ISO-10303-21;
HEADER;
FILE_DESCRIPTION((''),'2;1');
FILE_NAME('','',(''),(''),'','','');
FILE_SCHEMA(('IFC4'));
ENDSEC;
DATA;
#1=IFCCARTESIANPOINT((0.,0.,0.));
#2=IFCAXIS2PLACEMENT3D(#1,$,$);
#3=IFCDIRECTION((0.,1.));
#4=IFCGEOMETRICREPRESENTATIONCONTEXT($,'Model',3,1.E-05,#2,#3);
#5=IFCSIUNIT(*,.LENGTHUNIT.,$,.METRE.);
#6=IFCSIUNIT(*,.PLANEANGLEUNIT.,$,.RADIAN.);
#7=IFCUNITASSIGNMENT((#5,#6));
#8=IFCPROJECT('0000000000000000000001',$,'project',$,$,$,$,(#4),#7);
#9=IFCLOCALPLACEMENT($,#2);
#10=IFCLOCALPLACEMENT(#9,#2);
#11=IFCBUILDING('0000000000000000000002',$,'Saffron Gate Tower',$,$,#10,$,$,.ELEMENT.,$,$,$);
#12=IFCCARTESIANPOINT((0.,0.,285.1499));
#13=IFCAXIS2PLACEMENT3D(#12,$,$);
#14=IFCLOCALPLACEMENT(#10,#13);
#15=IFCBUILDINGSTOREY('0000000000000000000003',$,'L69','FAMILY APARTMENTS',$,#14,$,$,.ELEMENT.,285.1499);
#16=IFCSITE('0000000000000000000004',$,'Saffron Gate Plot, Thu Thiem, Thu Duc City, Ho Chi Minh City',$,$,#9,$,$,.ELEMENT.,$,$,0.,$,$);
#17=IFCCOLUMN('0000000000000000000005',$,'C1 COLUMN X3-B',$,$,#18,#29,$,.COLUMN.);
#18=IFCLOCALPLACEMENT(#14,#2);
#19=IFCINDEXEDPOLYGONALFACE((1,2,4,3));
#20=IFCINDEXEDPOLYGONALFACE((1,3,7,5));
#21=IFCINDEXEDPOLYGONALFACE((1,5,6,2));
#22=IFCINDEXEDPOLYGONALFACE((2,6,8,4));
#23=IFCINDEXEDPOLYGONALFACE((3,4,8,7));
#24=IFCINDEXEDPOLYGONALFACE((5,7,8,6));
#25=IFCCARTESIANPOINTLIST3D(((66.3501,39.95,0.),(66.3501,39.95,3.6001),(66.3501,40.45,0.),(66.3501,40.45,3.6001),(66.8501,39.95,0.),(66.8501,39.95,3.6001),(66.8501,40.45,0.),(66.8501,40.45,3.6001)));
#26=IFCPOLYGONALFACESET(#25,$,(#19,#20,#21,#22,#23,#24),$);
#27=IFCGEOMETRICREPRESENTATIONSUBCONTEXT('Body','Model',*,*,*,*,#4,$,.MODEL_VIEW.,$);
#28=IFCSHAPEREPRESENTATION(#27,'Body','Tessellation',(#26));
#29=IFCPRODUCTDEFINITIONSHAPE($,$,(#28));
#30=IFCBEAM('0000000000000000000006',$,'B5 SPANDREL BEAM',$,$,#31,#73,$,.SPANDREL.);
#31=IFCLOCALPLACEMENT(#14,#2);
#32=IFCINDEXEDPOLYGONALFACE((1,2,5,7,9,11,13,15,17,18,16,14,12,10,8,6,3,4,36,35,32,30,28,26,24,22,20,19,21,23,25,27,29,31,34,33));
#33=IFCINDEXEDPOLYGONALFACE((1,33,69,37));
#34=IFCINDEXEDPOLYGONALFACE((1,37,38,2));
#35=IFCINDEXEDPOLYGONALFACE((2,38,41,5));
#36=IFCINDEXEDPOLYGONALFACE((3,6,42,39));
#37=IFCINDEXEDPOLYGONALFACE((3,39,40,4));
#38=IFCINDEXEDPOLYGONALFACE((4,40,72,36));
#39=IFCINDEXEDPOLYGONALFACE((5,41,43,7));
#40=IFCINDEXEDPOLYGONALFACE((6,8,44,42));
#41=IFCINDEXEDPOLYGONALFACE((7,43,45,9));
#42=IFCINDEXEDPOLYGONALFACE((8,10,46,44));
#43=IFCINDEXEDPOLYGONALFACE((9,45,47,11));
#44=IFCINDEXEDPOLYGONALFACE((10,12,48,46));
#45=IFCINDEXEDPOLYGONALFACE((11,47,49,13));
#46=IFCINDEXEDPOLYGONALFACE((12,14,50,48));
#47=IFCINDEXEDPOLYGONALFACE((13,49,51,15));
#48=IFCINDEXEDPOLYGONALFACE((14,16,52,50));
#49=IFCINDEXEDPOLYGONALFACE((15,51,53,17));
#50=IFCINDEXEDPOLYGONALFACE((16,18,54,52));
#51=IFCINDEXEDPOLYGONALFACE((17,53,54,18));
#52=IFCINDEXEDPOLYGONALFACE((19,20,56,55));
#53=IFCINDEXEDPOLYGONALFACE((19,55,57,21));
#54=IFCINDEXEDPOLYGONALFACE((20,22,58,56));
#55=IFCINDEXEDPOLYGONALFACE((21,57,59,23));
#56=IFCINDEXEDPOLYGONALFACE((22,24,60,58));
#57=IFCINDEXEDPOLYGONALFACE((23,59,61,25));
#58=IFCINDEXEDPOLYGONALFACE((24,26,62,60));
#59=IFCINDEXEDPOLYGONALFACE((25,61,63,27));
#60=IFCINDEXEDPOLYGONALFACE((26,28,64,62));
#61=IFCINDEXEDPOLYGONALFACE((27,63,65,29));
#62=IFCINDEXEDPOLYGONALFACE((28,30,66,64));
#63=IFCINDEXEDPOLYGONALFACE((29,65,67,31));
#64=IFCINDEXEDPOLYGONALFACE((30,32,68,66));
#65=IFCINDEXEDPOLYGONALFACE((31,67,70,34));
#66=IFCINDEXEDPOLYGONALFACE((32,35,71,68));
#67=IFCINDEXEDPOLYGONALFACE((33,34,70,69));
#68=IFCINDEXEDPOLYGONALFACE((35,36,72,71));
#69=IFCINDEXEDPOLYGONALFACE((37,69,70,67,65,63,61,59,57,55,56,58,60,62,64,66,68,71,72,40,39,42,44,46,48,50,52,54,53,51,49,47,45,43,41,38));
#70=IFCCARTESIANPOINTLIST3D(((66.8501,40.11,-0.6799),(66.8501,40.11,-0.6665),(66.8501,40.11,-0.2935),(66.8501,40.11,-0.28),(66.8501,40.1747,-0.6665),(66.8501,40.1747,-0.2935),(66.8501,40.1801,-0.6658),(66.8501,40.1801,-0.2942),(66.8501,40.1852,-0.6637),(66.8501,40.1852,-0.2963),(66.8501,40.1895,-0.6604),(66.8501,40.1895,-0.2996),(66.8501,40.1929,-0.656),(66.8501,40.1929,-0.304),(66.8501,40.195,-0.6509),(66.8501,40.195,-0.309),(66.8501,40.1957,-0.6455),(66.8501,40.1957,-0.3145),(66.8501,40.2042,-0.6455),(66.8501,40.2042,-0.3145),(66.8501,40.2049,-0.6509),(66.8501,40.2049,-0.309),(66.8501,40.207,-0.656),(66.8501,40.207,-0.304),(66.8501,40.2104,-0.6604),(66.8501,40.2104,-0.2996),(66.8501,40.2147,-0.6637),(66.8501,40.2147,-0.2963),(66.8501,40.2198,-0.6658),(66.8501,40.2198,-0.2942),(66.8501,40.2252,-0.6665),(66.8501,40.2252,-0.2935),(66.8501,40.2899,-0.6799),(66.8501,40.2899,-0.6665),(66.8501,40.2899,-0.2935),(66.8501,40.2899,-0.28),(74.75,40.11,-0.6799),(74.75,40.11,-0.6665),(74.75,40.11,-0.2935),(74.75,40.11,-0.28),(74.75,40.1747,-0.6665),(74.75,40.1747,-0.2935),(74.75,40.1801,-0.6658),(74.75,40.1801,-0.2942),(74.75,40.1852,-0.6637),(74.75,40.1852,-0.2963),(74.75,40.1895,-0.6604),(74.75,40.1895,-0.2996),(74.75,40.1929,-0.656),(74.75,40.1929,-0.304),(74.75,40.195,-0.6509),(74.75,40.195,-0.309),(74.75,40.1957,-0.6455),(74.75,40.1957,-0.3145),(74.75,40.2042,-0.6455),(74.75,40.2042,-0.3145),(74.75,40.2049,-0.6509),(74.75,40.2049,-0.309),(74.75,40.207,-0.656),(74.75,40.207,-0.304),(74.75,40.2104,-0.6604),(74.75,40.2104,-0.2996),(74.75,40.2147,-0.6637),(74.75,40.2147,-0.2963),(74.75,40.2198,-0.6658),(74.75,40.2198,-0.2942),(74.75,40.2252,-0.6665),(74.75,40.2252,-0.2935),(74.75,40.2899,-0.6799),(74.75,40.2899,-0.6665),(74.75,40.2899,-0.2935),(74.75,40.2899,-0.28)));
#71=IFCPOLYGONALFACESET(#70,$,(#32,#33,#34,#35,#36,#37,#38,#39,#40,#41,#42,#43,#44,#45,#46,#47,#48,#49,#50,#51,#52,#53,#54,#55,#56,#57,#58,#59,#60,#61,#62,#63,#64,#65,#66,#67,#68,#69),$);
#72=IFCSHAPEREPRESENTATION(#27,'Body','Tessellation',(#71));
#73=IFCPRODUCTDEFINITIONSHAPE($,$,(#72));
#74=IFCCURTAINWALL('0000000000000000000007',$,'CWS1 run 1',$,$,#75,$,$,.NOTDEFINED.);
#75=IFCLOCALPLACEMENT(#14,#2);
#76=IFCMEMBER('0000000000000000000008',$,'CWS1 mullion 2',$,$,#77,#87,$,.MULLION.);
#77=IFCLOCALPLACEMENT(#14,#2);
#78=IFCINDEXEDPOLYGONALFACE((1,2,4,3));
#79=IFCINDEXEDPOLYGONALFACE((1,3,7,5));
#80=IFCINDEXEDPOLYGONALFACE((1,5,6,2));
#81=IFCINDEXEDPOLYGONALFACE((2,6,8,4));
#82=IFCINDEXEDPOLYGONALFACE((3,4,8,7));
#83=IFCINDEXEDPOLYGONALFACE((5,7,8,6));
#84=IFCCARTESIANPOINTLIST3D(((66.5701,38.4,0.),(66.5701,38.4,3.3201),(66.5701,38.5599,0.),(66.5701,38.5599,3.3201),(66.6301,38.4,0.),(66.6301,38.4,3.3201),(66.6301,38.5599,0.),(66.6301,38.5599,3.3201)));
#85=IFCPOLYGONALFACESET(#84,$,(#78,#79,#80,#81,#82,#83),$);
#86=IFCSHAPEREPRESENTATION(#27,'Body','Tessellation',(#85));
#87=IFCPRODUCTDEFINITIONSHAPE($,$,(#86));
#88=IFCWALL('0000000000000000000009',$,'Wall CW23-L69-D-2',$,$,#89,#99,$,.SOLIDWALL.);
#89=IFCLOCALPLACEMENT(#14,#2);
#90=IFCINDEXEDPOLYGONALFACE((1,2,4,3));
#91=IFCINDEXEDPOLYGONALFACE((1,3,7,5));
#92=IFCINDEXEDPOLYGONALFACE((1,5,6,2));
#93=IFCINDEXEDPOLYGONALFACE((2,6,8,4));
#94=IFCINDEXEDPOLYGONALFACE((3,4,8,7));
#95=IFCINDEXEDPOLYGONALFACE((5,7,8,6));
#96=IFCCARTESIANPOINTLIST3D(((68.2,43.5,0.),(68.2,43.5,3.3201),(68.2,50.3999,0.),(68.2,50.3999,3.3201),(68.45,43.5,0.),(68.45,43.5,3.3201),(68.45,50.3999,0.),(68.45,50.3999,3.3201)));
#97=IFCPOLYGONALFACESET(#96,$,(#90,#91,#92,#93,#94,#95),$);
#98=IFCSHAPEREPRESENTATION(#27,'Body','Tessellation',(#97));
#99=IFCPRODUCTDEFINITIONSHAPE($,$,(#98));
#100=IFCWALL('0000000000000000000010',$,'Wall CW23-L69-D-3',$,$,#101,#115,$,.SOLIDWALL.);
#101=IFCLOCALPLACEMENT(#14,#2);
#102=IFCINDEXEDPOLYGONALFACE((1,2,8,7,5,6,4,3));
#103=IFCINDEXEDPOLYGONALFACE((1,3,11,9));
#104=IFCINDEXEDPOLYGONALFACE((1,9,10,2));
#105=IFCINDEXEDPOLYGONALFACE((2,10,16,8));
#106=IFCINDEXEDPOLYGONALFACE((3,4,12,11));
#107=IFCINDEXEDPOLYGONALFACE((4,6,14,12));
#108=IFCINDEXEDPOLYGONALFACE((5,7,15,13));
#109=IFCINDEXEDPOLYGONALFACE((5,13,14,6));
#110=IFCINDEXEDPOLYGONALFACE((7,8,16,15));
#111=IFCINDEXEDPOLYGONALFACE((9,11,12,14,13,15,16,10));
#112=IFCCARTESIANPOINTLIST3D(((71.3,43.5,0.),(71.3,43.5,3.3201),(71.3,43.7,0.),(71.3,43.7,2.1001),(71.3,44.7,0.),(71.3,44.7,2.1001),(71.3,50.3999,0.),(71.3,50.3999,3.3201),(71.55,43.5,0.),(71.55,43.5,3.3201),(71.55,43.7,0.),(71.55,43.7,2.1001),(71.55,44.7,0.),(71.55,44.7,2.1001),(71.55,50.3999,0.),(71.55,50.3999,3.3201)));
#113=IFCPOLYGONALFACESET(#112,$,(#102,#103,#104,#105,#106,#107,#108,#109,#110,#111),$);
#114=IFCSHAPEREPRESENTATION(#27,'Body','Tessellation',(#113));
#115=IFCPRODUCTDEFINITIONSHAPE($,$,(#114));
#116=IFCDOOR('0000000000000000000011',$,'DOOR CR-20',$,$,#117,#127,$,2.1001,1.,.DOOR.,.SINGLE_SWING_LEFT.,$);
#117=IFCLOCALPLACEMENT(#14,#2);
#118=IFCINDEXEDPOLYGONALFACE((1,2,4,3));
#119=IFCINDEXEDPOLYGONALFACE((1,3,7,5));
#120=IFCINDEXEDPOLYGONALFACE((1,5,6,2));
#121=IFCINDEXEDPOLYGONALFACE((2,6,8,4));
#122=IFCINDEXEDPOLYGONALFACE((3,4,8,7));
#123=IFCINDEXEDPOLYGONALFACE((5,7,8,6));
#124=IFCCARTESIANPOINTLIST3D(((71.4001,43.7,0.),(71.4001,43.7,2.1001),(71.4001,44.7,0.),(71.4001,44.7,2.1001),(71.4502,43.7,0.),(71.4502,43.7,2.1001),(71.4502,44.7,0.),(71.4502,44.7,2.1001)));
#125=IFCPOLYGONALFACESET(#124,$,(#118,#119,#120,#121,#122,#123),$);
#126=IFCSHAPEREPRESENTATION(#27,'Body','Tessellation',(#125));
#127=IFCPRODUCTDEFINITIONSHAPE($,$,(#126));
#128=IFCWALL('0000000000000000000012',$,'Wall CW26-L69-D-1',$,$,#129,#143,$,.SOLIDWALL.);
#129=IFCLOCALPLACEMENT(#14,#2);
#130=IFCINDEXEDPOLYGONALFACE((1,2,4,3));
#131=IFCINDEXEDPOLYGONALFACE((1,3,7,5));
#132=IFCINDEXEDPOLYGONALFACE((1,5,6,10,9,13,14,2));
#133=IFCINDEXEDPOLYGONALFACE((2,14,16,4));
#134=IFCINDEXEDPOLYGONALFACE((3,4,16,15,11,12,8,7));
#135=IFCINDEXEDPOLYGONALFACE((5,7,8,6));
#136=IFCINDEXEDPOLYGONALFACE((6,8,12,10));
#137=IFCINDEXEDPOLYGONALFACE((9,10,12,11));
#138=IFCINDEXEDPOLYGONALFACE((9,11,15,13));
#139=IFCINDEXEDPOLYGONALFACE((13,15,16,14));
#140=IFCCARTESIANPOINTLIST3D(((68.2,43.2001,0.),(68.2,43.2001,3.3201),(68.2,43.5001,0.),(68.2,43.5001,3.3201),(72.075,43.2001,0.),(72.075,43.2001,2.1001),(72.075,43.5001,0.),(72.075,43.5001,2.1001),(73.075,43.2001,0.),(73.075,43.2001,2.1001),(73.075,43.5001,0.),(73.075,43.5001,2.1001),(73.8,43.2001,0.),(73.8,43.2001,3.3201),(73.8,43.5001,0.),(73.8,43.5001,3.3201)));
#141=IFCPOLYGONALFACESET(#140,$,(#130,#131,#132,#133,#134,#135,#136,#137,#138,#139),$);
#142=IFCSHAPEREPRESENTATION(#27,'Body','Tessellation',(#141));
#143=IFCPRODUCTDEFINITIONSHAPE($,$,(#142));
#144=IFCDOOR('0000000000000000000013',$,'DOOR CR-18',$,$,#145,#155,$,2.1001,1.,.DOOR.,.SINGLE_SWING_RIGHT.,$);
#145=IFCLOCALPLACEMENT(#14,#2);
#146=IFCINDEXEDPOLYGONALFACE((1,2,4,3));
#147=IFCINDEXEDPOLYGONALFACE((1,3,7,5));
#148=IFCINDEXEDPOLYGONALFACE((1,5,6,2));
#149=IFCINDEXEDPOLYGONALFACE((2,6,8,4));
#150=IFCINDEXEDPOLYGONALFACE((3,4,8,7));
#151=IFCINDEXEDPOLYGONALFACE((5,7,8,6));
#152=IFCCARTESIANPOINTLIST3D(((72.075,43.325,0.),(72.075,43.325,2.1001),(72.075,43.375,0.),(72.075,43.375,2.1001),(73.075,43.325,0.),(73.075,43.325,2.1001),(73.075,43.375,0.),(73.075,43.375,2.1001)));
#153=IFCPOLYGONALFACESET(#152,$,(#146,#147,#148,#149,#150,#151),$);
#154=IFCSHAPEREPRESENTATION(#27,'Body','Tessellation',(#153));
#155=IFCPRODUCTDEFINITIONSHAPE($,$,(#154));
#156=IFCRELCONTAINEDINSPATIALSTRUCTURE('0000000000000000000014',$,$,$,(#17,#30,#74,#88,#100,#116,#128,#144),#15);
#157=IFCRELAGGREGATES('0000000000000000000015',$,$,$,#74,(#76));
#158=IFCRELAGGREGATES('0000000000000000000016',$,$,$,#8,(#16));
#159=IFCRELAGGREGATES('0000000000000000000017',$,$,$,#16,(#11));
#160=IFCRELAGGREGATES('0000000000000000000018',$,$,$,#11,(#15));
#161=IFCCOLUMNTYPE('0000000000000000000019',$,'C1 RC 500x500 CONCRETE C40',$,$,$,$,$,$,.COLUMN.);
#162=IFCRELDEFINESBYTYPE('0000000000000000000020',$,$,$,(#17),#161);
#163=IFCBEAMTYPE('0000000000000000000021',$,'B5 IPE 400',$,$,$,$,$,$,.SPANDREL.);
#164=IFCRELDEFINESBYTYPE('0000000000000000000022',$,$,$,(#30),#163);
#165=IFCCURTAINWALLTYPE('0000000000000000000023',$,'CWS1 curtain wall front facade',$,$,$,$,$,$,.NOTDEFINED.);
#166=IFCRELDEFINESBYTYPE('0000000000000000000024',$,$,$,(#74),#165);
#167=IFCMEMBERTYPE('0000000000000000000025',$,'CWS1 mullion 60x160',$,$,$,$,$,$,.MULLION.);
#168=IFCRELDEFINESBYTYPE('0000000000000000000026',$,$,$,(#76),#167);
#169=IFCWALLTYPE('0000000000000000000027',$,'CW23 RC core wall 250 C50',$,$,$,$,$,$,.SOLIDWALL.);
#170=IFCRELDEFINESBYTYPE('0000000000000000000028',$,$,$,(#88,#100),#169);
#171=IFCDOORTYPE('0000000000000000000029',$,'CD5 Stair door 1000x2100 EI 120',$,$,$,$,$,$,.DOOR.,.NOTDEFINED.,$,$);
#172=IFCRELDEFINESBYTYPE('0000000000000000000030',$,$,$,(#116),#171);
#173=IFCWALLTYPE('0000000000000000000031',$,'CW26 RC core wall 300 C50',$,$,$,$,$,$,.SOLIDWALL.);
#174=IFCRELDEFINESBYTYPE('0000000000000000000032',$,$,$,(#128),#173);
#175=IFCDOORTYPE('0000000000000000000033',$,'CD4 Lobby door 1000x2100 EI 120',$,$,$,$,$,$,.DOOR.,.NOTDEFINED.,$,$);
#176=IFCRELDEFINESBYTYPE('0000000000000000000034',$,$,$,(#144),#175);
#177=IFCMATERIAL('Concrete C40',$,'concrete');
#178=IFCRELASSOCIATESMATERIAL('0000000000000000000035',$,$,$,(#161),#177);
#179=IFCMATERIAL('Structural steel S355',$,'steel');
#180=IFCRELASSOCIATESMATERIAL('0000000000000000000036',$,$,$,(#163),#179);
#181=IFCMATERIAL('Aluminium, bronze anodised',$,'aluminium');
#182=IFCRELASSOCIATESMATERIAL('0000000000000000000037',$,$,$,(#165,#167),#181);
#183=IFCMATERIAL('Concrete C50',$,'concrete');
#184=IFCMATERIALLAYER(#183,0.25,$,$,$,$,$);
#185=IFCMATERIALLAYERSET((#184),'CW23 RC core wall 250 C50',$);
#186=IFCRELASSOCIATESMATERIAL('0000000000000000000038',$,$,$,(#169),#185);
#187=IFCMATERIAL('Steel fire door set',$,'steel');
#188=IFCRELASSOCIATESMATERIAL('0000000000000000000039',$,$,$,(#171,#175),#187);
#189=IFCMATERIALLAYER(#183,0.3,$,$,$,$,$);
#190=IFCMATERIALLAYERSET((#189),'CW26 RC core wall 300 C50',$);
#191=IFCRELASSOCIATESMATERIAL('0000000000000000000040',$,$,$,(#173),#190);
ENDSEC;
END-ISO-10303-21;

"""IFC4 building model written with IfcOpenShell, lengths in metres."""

from ifc_helpers import new_model, si_unit, direction, frame, frame_2d, origin, origin_2d, place, context, subcontext, project, spatial, rectangle, i_section, extrude, material, layer, layer_set, material_profile, profile_set, type_object, element, fill, aggregate, save


model = new_model("IFC4")

# Units and contexts
model_context = context("Model", 3, precision=1e-05, world=origin(), true_north=direction((0.0, 1.0)))
body_context = subcontext(model_context, "Body", "Model", "MODEL_VIEW")
ifc_project = project(units=[si_unit("LENGTHUNIT", "METRE"), si_unit("PLANEANGLEUNIT", "RADIAN")], contexts=[model_context])

# Site, building, storey
site_placement = place(None, origin())
site = spatial("IfcSite", under=ifc_project, at=site_placement, Name="Saffron Gate Plot, Thu Thiem, Thu Duc City, Ho Chi Minh City", CompositionType="ELEMENT", RefElevation=0.0)
building_placement = place(site_placement, origin())
building = spatial("IfcBuilding", under=site, at=building_placement, Name="Saffron Gate Tower", CompositionType="ELEMENT")
storey_placement = place(building_placement, frame((0.0, 0.0, 285.1499)))
storey = spatial("IfcBuildingStorey", under=building, at=storey_placement, Name="L69", Description="FAMILY APARTMENTS", CompositionType="ELEMENT", Elevation=285.1499)

# Column
ifc_material_1 = material(Name="Concrete C40", Category="concrete")
ifc_material_profile_1 = material_profile(ifc_material_1, rectangle(XDim=0.5, YDim=0.5, at=origin_2d()))
ifc_profile_set_1 = profile_set([ifc_material_profile_1], Name="Concrete C40")
column_type = type_object("IfcColumnType", Name="C1 RC 500x500 CONCRETE C40", PredefinedType="COLUMN", material=ifc_profile_set_1)
column_placement = place(storey_placement, frame((66.6001, 40.2, 0.0), z_axis=(0.0, 0.0, 1.0), x_axis=(1.0, 0.0, 0.0)))
element("IfcColumn", 1, at=column_placement, inside=storey, type_object=column_type, Name="C1 COLUMN X3-B", PredefinedType="COLUMN", context=body_context, shape_type="SweptSolid", body=[
    extrude(rectangle(XDim=0.5, YDim=0.5, at=origin_2d()), origin(), (0.0, 0.0, 1.0), 3.6001),
])

# Beam
ifc_material_2 = material(Name="Structural steel S355", Category="steel")
ifc_material_profile_2 = material_profile(ifc_material_2, i_section(OverallWidth=0.1799, OverallDepth=0.3999, WebThickness=0.0085, FlangeThickness=0.0134, FilletRadius=0.021, at=origin_2d()))
ifc_profile_set_2 = profile_set([ifc_material_profile_2], Name="Structural steel S355")
beam_type = type_object("IfcBeamType", Name="B5 IPE 400", PredefinedType="SPANDREL", material=ifc_profile_set_2)
beam_placement = place(storey_placement, frame((66.8501, 40.2, -0.48), z_axis=(1.0, 0.0, 0.0), x_axis=(0.0, 1.0, 0.0)))
element("IfcBeam", 2, at=beam_placement, inside=storey, type_object=beam_type, Name="B5 SPANDREL BEAM", PredefinedType="SPANDREL", context=body_context, shape_type="SweptSolid", body=[
    extrude(i_section(OverallWidth=0.1799, OverallDepth=0.3999, WebThickness=0.0085, FlangeThickness=0.0134, FilletRadius=0.021, at=origin_2d()), origin(), (0.0, 0.0, 1.0), 7.8999),
])

# Curtain wall, member
ifc_material_3 = material(Name="Aluminium, bronze anodised", Category="aluminium")
curtain_wall_type = type_object("IfcCurtainWallType", Name="CWS1 curtain wall front facade", PredefinedType="NOTDEFINED", material=ifc_material_3)
curtain_wall_placement = place(storey_placement, origin())
curtain_wall = element("IfcCurtainWall", 3, at=curtain_wall_placement, inside=storey, type_object=curtain_wall_type, Name="CWS1 run 1", PredefinedType="NOTDEFINED")
ifc_material_profile_3 = material_profile(ifc_material_3, rectangle(XDim=0.1599, YDim=0.0601, at=origin_2d()))
ifc_profile_set_3 = profile_set([ifc_material_profile_3], Name="Aluminium, bronze anodised")
member_type = type_object("IfcMemberType", Name="CWS1 mullion 60x160", PredefinedType="MULLION", material=ifc_profile_set_3)
member_placement = place(storey_placement, frame((66.6001, 38.48, 0.0), z_axis=(0.0, 0.0, 1.0), x_axis=(0.0, 1.0, 0.0)))
member = element("IfcMember", 4, at=member_placement, type_object=member_type, Name="CWS1 mullion 2", PredefinedType="MULLION", context=body_context, shape_type="SweptSolid", body=[
    extrude(rectangle(XDim=0.1599, YDim=0.0601, at=origin_2d()), origin(), (0.0, 0.0, 1.0), 3.3201),
])
aggregate(curtain_wall, [member])

# Wall
ifc_material_4 = material(Name="Concrete C50", Category="concrete")
ifc_layer_1 = layer(ifc_material_4, 0.25)
ifc_layer_set_1 = layer_set([ifc_layer_1], Name="CW23 RC core wall 250 C50")
wall_type_1 = type_object("IfcWallType", Name="CW23 RC core wall 250 C50", PredefinedType="SOLIDWALL", material=ifc_layer_set_1)
wall_1_placement = place(storey_placement, frame((68.325, 43.5, 0.0), z_axis=(0.0, 0.0, 1.0), x_axis=(0.0, 1.0, 0.0)))
element("IfcWall", 5, at=wall_1_placement, inside=storey, type_object=wall_type_1, Name="Wall CW23-L69-D-2", PredefinedType="SOLIDWALL", context=body_context, shape_type="SweptSolid", body=[
    extrude(rectangle(XDim=6.8999, YDim=0.25, at=frame_2d((3.45, 0.0))), origin(), (0.0, 0.0, 1.0), 3.3201),
])

# Walls, openings, doors
wall_2_placement = place(storey_placement, frame((71.425, 43.5, 0.0), z_axis=(0.0, 0.0, 1.0), x_axis=(0.0, 1.0, 0.0)))
wall_2 = element("IfcWall", 6, at=wall_2_placement, inside=storey, type_object=wall_type_1, Name="Wall CW23-L69-D-3", PredefinedType="SOLIDWALL", context=body_context, shape_type="SweptSolid", body=[
    extrude(rectangle(XDim=6.8999, YDim=0.25, at=frame_2d((3.45, 0.0))), origin(), (0.0, 0.0, 1.0), 3.3201),
])
opening_1_placement = place(wall_2_placement, frame((0.2, 0.0, 0.0)))
opening_1 = element("IfcOpeningElement", 7, at=opening_1_placement, cuts=wall_2, PredefinedType="OPENING", context=body_context, shape_type="SweptSolid", body=[
    extrude(rectangle(XDim=1.0, YDim=2.1001, at=frame_2d((0.5, 1.05))), frame((0.0, 0.135, 0.0), z_axis=(0.0, -1.0, 0.0), x_axis=(1.0, 0.0, 0.0)), (0.0, 0.0, 1.0), 0.27),
])
ifc_material_5 = material(Name="Steel fire door set", Category="steel")
door_type_1 = type_object("IfcDoorType", Name="CD5 Stair door 1000x2100 EI 120", OperationType="NOTDEFINED", PredefinedType="DOOR", material=ifc_material_5)
door_1_placement = place(opening_1_placement, origin())
door_1 = element("IfcDoor", 8, at=door_1_placement, inside=storey, type_object=door_type_1, Name="DOOR CR-20", OperationType="SINGLE_SWING_LEFT", OverallHeight=2.1001, OverallWidth=1.0, PredefinedType="DOOR", context=body_context, shape_type="SweptSolid", body=[
    extrude(rectangle(XDim=1.0, YDim=2.1001, at=frame_2d((0.5, 1.05))), frame((0.0, 0.0249, 0.0), z_axis=(0.0, -1.0, 0.0), x_axis=(1.0, 0.0, 0.0)), (0.0, 0.0, 1.0), 0.05),
])
fill(opening_1, door_1)
ifc_layer_2 = layer(ifc_material_4, 0.3)
ifc_layer_set_2 = layer_set([ifc_layer_2], Name="CW26 RC core wall 300 C50")
wall_type_2 = type_object("IfcWallType", Name="CW26 RC core wall 300 C50", PredefinedType="SOLIDWALL", material=ifc_layer_set_2)
wall_3_placement = place(storey_placement, frame((68.2, 43.3501, 0.0), z_axis=(0.0, 0.0, 1.0), x_axis=(1.0, 0.0, 0.0)))
wall_3 = element("IfcWall", 9, at=wall_3_placement, inside=storey, type_object=wall_type_2, Name="Wall CW26-L69-D-1", PredefinedType="SOLIDWALL", context=body_context, shape_type="SweptSolid", body=[
    extrude(rectangle(XDim=5.6001, YDim=0.3, at=frame_2d((2.8, 0.0))), origin(), (0.0, 0.0, 1.0), 3.3201),
])
opening_2_placement = place(wall_3_placement, frame((3.875, 0.0, 0.0)))
opening_2 = element("IfcOpeningElement", 10, at=opening_2_placement, cuts=wall_3, PredefinedType="OPENING", context=body_context, shape_type="SweptSolid", body=[
    extrude(rectangle(XDim=1.0, YDim=2.1001, at=frame_2d((0.5, 1.05))), frame((0.0, 0.1602, 0.0), z_axis=(0.0, -1.0, 0.0), x_axis=(1.0, 0.0, 0.0)), (0.0, 0.0, 1.0), 0.3201),
])
door_type_2 = type_object("IfcDoorType", Name="CD4 Lobby door 1000x2100 EI 120", OperationType="NOTDEFINED", PredefinedType="DOOR", material=ifc_material_5)
door_2_placement = place(opening_2_placement, origin())
door_2 = element("IfcDoor", 11, at=door_2_placement, inside=storey, type_object=door_type_2, Name="DOOR CR-18", OperationType="SINGLE_SWING_RIGHT", OverallHeight=2.1001, OverallWidth=1.0, PredefinedType="DOOR", context=body_context, shape_type="SweptSolid", body=[
    extrude(rectangle(XDim=1.0, YDim=2.1001, at=frame_2d((0.5, 1.05))), frame((0.0, 0.0249, 0.0), z_axis=(0.0, -1.0, 0.0), x_axis=(1.0, 0.0, 0.0)), (0.0, 0.0, 1.0), 0.05),
])
fill(opening_2, door_2)

save(model, "model.ifc")
